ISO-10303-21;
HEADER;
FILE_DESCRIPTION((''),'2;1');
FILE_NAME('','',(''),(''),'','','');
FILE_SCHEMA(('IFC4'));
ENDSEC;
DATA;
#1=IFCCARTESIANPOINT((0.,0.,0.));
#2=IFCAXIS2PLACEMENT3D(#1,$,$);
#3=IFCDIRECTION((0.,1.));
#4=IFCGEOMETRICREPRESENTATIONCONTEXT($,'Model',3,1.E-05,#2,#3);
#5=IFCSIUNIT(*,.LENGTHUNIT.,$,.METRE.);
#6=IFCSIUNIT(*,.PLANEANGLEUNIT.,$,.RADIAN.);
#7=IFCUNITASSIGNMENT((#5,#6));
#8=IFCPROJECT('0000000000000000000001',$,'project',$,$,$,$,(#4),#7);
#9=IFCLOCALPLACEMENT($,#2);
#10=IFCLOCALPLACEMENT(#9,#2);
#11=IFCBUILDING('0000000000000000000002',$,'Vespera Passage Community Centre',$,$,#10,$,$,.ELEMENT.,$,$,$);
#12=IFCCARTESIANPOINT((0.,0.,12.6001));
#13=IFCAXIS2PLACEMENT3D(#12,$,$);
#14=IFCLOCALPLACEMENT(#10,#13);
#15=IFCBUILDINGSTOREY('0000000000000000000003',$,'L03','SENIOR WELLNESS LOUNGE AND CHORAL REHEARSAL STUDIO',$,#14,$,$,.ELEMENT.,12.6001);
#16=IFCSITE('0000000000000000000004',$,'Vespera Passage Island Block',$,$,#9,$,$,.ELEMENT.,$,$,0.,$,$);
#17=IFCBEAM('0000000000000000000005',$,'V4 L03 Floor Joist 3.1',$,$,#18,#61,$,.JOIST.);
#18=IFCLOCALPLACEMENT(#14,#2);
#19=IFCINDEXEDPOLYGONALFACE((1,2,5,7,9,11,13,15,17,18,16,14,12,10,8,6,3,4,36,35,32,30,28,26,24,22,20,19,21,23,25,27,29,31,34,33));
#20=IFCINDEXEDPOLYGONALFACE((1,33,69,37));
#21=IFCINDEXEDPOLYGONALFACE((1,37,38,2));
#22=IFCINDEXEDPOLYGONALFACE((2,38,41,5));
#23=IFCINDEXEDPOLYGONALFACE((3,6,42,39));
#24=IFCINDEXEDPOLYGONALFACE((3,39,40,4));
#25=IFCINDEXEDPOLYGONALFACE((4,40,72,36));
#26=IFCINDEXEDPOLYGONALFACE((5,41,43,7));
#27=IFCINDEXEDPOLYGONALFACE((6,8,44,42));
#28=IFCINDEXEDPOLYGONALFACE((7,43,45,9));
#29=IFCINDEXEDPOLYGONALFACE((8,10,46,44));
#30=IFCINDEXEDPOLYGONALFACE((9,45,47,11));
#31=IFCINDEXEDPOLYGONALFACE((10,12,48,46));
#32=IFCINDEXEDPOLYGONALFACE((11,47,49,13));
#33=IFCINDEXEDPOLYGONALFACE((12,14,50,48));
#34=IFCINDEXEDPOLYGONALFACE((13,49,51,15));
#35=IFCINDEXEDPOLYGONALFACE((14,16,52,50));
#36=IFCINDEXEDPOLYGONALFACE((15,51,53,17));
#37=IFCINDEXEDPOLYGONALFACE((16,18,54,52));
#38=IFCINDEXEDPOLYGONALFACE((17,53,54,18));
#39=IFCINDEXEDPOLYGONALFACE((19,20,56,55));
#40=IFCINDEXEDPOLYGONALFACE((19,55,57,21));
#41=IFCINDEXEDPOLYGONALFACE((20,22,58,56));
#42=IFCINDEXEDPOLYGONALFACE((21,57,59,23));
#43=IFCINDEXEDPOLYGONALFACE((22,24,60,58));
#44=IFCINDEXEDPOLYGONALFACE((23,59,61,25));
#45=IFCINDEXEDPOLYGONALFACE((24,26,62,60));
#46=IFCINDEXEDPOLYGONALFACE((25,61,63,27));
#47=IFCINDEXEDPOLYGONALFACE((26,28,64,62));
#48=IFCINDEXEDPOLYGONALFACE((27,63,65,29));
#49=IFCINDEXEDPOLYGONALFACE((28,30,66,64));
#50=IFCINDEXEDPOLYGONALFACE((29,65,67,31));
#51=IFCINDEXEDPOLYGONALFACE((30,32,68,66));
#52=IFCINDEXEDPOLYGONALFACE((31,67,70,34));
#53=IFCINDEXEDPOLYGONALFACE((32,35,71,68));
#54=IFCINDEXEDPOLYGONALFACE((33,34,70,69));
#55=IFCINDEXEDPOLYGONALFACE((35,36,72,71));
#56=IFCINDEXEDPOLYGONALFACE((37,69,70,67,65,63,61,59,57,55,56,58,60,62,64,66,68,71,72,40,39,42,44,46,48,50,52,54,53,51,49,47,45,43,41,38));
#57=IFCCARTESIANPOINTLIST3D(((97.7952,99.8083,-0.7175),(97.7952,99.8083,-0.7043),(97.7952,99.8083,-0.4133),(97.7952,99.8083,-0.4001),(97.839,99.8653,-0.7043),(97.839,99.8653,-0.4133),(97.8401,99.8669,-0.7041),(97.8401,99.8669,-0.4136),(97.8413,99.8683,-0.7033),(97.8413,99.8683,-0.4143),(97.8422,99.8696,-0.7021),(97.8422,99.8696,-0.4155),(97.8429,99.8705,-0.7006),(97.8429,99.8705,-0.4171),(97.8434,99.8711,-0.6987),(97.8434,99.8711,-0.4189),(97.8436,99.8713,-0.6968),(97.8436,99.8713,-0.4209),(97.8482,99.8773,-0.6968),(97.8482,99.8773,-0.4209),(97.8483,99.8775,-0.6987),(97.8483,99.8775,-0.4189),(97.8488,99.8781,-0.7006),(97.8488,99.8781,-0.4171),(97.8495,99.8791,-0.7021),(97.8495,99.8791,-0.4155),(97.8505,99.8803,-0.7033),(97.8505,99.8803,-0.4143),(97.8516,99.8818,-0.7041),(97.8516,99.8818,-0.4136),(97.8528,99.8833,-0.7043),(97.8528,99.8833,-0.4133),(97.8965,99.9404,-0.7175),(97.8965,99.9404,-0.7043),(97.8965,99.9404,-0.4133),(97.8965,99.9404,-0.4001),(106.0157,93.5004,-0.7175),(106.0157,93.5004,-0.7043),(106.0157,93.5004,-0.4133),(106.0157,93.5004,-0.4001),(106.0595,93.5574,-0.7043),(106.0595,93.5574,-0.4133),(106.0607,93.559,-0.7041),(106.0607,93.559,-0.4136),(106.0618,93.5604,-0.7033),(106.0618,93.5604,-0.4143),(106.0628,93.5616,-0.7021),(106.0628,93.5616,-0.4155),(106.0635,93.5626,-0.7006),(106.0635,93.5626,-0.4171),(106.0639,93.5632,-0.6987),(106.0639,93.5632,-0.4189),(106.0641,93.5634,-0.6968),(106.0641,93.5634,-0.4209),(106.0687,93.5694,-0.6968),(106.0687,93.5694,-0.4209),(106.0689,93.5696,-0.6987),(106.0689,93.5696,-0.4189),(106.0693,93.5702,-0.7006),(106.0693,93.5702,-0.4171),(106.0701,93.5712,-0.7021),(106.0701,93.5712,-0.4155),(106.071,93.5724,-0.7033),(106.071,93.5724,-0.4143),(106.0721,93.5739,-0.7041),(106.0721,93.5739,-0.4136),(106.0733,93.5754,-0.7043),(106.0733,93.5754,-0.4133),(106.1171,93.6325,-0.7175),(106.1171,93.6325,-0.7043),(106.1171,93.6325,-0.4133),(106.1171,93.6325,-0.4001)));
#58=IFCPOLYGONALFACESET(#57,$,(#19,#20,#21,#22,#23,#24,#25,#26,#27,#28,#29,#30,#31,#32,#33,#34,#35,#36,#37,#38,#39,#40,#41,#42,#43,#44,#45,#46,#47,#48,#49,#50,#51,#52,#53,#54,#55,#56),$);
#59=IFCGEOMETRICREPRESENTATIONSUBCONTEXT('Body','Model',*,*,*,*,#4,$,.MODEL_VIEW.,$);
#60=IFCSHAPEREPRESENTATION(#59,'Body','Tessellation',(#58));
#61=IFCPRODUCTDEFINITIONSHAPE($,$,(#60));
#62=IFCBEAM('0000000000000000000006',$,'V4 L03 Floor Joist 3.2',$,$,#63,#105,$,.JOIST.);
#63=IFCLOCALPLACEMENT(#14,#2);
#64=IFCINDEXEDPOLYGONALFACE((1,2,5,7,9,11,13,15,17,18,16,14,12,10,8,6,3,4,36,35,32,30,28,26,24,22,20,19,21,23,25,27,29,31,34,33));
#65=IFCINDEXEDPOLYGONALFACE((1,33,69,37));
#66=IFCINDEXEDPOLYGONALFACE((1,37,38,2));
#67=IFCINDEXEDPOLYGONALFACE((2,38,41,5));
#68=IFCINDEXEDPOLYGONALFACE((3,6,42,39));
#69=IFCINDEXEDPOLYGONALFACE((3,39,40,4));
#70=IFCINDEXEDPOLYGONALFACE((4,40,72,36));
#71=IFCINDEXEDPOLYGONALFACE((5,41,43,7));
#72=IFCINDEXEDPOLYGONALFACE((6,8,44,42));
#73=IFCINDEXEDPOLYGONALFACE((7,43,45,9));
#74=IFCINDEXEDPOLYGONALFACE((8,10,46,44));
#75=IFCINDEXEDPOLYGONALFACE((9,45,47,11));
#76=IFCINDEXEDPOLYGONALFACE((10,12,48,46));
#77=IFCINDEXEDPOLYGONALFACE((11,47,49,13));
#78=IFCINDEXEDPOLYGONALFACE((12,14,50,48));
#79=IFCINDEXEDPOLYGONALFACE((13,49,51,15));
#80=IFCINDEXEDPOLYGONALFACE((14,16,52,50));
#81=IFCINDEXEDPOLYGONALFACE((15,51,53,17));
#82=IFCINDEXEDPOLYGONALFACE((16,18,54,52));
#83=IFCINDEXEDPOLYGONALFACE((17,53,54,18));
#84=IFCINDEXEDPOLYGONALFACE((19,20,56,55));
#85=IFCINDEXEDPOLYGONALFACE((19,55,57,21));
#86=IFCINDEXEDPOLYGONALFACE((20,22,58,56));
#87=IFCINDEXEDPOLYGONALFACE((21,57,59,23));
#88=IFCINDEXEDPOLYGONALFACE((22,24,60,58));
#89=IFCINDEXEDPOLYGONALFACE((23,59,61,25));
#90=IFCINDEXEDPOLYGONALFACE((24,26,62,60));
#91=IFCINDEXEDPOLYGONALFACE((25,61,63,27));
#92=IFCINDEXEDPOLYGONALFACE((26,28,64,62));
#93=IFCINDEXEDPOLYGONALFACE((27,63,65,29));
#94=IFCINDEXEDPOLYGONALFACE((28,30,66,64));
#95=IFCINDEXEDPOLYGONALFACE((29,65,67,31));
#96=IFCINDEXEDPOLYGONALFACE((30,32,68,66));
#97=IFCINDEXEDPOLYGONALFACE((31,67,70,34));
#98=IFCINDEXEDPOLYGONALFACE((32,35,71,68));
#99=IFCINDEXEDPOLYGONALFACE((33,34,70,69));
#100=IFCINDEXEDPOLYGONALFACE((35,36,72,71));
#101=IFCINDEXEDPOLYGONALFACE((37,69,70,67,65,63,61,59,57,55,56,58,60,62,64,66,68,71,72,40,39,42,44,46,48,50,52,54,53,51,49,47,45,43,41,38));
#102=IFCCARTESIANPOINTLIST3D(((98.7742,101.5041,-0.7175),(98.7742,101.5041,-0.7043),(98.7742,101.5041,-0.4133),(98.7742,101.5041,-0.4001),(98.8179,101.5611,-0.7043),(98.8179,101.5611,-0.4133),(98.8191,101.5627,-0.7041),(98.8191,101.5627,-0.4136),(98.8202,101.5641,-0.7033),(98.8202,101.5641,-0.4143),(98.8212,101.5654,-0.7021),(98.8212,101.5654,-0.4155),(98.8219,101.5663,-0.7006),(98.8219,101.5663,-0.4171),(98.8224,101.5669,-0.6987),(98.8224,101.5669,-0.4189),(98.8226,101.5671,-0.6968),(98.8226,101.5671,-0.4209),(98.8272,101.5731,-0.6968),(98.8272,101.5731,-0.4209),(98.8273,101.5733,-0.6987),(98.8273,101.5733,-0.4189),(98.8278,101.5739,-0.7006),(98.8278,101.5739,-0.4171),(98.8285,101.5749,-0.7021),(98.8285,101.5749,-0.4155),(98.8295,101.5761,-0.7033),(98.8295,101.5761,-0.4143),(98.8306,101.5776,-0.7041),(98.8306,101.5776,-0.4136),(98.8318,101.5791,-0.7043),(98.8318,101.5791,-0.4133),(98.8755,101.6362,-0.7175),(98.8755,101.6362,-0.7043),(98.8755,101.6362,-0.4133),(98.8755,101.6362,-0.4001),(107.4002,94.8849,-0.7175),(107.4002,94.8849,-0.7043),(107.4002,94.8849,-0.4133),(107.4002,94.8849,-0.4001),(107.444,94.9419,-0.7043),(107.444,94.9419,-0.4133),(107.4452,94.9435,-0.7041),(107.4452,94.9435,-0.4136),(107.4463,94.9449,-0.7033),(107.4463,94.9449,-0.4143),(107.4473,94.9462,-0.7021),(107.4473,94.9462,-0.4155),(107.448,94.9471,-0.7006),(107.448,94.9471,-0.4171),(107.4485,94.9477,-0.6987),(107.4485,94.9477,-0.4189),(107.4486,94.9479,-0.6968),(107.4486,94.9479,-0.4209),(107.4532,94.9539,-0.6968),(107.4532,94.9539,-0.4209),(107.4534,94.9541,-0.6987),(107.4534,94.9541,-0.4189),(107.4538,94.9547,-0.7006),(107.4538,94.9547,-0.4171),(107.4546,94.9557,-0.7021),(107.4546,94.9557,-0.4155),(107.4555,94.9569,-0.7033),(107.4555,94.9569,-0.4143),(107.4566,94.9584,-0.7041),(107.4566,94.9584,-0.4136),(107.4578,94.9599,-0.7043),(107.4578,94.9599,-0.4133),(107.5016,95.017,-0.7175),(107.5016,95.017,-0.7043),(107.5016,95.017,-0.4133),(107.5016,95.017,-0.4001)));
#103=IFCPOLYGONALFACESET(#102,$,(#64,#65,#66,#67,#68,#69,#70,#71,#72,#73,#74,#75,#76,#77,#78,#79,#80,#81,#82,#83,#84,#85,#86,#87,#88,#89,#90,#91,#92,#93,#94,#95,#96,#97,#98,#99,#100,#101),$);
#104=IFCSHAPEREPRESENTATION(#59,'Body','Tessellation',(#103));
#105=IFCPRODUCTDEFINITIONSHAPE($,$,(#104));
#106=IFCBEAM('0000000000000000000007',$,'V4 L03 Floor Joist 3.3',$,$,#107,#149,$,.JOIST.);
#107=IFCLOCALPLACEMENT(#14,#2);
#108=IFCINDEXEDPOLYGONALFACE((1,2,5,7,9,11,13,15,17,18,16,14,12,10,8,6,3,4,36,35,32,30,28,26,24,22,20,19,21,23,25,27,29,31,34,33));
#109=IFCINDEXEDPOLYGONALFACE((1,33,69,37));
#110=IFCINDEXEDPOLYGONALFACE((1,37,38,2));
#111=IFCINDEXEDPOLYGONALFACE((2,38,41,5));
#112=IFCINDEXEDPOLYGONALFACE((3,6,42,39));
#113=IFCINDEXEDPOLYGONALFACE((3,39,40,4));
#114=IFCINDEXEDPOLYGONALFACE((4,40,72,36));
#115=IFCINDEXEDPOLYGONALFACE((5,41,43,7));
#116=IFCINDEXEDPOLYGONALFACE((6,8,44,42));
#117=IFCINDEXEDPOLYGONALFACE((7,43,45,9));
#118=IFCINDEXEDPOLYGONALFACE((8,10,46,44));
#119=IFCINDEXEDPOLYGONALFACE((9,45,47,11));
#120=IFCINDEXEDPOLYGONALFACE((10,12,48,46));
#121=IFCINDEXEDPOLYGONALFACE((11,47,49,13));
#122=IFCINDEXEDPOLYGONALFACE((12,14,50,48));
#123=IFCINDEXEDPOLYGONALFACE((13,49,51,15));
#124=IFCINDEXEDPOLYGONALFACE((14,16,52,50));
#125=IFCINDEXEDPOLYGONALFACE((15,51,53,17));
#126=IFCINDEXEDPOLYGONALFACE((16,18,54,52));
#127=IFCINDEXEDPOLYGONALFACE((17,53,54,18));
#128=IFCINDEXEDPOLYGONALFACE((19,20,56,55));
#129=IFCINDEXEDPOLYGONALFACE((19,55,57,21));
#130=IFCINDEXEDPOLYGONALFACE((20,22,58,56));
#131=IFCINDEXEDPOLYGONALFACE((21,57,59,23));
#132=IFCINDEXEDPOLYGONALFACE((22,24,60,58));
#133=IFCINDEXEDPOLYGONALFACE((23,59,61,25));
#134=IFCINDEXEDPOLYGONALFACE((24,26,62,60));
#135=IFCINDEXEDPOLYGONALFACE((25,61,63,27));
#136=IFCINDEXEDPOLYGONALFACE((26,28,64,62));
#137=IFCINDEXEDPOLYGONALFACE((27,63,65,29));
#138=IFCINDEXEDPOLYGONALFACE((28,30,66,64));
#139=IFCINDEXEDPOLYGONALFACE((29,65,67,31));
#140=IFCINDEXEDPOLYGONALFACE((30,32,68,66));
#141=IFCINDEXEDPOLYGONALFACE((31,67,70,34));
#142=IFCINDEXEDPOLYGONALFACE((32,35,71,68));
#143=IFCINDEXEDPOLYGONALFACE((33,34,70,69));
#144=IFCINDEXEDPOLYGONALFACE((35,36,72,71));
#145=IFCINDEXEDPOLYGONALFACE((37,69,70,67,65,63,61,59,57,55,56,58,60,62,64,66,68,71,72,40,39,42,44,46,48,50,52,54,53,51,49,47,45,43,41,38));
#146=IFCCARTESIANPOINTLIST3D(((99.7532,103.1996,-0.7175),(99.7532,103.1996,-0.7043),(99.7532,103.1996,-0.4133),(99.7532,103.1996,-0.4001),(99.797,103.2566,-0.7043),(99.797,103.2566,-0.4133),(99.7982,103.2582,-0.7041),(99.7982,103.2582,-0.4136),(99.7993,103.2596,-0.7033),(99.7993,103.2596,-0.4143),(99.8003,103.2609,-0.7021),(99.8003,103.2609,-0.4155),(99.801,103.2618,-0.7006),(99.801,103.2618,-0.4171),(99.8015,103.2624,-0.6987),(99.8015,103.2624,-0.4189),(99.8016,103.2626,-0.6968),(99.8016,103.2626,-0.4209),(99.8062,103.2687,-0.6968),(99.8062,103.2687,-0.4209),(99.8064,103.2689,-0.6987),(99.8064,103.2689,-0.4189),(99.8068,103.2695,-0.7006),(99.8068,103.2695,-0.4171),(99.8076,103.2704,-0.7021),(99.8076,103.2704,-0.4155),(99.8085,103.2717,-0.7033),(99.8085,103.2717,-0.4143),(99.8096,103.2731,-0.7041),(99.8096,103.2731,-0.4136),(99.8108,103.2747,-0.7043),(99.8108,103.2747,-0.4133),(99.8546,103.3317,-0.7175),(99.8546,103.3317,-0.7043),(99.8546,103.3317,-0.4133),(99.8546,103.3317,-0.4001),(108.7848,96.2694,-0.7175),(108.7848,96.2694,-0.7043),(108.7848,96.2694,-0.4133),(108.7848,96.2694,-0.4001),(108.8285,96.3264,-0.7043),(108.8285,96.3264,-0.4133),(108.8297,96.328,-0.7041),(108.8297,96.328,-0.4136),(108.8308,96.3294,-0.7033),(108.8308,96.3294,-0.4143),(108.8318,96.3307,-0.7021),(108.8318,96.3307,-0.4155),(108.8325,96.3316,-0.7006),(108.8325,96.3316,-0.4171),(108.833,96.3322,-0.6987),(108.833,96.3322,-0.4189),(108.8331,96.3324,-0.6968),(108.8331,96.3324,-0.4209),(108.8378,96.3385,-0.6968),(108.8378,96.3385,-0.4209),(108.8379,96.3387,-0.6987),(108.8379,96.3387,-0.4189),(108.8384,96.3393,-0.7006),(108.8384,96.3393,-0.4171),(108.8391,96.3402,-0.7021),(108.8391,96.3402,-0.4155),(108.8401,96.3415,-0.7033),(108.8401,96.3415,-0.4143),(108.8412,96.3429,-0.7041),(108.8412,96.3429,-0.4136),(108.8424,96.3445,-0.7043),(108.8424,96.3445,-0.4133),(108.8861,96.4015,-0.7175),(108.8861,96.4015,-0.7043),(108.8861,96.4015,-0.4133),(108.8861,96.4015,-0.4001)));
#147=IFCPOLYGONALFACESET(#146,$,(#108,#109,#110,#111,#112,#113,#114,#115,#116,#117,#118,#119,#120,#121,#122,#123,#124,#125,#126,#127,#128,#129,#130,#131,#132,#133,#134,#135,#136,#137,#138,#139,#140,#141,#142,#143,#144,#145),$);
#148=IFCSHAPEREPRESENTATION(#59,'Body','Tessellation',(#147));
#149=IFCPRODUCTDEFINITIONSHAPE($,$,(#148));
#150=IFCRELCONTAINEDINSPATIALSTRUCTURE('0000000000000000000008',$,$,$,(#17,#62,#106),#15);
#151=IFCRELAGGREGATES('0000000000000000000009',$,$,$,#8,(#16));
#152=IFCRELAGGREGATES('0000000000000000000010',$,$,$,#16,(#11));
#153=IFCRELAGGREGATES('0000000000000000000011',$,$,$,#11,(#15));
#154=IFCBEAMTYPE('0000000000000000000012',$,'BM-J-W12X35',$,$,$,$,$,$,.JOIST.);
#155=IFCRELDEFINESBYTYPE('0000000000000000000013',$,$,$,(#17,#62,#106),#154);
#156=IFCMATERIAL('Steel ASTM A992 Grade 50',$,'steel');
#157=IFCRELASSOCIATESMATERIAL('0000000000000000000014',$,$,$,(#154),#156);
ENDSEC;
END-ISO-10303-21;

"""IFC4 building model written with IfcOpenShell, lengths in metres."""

from ifc_helpers import new_model, si_unit, direction, frame, origin, origin_2d, place, context, subcontext, project, spatial, i_section, extrude, material, material_profile, profile_set, type_object, element, save


model = new_model("IFC4")

# Units and contexts
model_context = context("Model", 3, precision=1e-05, world=origin(), true_north=direction((0.0, 1.0)))
body_context = subcontext(model_context, "Body", "Model", "MODEL_VIEW")
ifc_project = project(units=[si_unit("LENGTHUNIT", "METRE"), si_unit("PLANEANGLEUNIT", "RADIAN")], contexts=[model_context])

# Site, building, storey
site_placement = place(None, origin())
site = spatial("IfcSite", under=ifc_project, at=site_placement, Name="Vespera Passage Island Block", CompositionType="ELEMENT", RefElevation=0.0)
building_placement = place(site_placement, origin())
building = spatial("IfcBuilding", under=site, at=building_placement, Name="Vespera Passage Community Centre", CompositionType="ELEMENT")
storey_placement = place(building_placement, frame((0.0, 0.0, 12.6001)))
storey = spatial("IfcBuildingStorey", under=building, at=storey_placement, Name="L03", Description="SENIOR WELLNESS LOUNGE AND CHORAL REHEARSAL STUDIO", CompositionType="ELEMENT", Elevation=12.6001)

# Beams
ifc_material_1 = material(Name="Steel ASTM A992 Grade 50", Category="steel")
ifc_material_profile_1 = material_profile(ifc_material_1, i_section(OverallWidth=0.1665, OverallDepth=0.3174, WebThickness=0.0076, FlangeThickness=0.0132, FilletRadius=0.0076, at=origin_2d()), Name="W12X35")
ifc_profile_set_1 = profile_set([ifc_material_profile_1], Name="Steel ASTM A992 Grade 50")
beam_type = type_object("IfcBeamType", Name="BM-J-W12X35", PredefinedType="JOIST", material=ifc_profile_set_1)
beam_1_placement = place(storey_placement, frame((106.0664, 93.5664, -0.5588), z_axis=(-0.79335, 0.608766, 0.0), x_axis=(-0.608766, -0.79335, 0.0)))
element("IfcBeam", 1, at=beam_1_placement, inside=storey, type_object=beam_type, Name="V4 L03 Floor Joist 3.1", PredefinedType="JOIST", context=body_context, shape_type="SweptSolid", body=[
    extrude(i_section(OverallWidth=0.1665, OverallDepth=0.3174, WebThickness=0.0076, FlangeThickness=0.0132, FilletRadius=0.0076, at=origin_2d()), origin(), (0.0, 0.0, 1.0), 10.3618),
])
beam_2_placement = place(storey_placement, frame((107.4509, 94.9509, -0.5588), z_axis=(-0.793345, 0.608773, 0.0), x_axis=(-0.608773, -0.793345, 0.0)))
element("IfcBeam", 2, at=beam_2_placement, inside=storey, type_object=beam_type, Name="V4 L03 Floor Joist 3.2", PredefinedType="JOIST", context=body_context, shape_type="SweptSolid", body=[
    extrude(i_section(OverallWidth=0.1665, OverallDepth=0.3174, WebThickness=0.0076, FlangeThickness=0.0132, FilletRadius=0.0076, at=origin_2d()), origin(), (0.0, 0.0, 1.0), 10.873),
])
beam_3_placement = place(storey_placement, frame((108.8354, 96.3354, -0.5588), z_axis=(-0.793351, 0.608765, 0.0), x_axis=(-0.608765, -0.793351, 0.0)))
element("IfcBeam", 3, at=beam_3_placement, inside=storey, type_object=beam_type, Name="V4 L03 Floor Joist 3.3", PredefinedType="JOIST", context=body_context, shape_type="SweptSolid", body=[
    extrude(i_section(OverallWidth=0.1665, OverallDepth=0.3174, WebThickness=0.0076, FlangeThickness=0.0132, FilletRadius=0.0076, at=origin_2d()), origin(), (0.0, 0.0, 1.0), 11.384),
])

save(model, "model.ifc")
